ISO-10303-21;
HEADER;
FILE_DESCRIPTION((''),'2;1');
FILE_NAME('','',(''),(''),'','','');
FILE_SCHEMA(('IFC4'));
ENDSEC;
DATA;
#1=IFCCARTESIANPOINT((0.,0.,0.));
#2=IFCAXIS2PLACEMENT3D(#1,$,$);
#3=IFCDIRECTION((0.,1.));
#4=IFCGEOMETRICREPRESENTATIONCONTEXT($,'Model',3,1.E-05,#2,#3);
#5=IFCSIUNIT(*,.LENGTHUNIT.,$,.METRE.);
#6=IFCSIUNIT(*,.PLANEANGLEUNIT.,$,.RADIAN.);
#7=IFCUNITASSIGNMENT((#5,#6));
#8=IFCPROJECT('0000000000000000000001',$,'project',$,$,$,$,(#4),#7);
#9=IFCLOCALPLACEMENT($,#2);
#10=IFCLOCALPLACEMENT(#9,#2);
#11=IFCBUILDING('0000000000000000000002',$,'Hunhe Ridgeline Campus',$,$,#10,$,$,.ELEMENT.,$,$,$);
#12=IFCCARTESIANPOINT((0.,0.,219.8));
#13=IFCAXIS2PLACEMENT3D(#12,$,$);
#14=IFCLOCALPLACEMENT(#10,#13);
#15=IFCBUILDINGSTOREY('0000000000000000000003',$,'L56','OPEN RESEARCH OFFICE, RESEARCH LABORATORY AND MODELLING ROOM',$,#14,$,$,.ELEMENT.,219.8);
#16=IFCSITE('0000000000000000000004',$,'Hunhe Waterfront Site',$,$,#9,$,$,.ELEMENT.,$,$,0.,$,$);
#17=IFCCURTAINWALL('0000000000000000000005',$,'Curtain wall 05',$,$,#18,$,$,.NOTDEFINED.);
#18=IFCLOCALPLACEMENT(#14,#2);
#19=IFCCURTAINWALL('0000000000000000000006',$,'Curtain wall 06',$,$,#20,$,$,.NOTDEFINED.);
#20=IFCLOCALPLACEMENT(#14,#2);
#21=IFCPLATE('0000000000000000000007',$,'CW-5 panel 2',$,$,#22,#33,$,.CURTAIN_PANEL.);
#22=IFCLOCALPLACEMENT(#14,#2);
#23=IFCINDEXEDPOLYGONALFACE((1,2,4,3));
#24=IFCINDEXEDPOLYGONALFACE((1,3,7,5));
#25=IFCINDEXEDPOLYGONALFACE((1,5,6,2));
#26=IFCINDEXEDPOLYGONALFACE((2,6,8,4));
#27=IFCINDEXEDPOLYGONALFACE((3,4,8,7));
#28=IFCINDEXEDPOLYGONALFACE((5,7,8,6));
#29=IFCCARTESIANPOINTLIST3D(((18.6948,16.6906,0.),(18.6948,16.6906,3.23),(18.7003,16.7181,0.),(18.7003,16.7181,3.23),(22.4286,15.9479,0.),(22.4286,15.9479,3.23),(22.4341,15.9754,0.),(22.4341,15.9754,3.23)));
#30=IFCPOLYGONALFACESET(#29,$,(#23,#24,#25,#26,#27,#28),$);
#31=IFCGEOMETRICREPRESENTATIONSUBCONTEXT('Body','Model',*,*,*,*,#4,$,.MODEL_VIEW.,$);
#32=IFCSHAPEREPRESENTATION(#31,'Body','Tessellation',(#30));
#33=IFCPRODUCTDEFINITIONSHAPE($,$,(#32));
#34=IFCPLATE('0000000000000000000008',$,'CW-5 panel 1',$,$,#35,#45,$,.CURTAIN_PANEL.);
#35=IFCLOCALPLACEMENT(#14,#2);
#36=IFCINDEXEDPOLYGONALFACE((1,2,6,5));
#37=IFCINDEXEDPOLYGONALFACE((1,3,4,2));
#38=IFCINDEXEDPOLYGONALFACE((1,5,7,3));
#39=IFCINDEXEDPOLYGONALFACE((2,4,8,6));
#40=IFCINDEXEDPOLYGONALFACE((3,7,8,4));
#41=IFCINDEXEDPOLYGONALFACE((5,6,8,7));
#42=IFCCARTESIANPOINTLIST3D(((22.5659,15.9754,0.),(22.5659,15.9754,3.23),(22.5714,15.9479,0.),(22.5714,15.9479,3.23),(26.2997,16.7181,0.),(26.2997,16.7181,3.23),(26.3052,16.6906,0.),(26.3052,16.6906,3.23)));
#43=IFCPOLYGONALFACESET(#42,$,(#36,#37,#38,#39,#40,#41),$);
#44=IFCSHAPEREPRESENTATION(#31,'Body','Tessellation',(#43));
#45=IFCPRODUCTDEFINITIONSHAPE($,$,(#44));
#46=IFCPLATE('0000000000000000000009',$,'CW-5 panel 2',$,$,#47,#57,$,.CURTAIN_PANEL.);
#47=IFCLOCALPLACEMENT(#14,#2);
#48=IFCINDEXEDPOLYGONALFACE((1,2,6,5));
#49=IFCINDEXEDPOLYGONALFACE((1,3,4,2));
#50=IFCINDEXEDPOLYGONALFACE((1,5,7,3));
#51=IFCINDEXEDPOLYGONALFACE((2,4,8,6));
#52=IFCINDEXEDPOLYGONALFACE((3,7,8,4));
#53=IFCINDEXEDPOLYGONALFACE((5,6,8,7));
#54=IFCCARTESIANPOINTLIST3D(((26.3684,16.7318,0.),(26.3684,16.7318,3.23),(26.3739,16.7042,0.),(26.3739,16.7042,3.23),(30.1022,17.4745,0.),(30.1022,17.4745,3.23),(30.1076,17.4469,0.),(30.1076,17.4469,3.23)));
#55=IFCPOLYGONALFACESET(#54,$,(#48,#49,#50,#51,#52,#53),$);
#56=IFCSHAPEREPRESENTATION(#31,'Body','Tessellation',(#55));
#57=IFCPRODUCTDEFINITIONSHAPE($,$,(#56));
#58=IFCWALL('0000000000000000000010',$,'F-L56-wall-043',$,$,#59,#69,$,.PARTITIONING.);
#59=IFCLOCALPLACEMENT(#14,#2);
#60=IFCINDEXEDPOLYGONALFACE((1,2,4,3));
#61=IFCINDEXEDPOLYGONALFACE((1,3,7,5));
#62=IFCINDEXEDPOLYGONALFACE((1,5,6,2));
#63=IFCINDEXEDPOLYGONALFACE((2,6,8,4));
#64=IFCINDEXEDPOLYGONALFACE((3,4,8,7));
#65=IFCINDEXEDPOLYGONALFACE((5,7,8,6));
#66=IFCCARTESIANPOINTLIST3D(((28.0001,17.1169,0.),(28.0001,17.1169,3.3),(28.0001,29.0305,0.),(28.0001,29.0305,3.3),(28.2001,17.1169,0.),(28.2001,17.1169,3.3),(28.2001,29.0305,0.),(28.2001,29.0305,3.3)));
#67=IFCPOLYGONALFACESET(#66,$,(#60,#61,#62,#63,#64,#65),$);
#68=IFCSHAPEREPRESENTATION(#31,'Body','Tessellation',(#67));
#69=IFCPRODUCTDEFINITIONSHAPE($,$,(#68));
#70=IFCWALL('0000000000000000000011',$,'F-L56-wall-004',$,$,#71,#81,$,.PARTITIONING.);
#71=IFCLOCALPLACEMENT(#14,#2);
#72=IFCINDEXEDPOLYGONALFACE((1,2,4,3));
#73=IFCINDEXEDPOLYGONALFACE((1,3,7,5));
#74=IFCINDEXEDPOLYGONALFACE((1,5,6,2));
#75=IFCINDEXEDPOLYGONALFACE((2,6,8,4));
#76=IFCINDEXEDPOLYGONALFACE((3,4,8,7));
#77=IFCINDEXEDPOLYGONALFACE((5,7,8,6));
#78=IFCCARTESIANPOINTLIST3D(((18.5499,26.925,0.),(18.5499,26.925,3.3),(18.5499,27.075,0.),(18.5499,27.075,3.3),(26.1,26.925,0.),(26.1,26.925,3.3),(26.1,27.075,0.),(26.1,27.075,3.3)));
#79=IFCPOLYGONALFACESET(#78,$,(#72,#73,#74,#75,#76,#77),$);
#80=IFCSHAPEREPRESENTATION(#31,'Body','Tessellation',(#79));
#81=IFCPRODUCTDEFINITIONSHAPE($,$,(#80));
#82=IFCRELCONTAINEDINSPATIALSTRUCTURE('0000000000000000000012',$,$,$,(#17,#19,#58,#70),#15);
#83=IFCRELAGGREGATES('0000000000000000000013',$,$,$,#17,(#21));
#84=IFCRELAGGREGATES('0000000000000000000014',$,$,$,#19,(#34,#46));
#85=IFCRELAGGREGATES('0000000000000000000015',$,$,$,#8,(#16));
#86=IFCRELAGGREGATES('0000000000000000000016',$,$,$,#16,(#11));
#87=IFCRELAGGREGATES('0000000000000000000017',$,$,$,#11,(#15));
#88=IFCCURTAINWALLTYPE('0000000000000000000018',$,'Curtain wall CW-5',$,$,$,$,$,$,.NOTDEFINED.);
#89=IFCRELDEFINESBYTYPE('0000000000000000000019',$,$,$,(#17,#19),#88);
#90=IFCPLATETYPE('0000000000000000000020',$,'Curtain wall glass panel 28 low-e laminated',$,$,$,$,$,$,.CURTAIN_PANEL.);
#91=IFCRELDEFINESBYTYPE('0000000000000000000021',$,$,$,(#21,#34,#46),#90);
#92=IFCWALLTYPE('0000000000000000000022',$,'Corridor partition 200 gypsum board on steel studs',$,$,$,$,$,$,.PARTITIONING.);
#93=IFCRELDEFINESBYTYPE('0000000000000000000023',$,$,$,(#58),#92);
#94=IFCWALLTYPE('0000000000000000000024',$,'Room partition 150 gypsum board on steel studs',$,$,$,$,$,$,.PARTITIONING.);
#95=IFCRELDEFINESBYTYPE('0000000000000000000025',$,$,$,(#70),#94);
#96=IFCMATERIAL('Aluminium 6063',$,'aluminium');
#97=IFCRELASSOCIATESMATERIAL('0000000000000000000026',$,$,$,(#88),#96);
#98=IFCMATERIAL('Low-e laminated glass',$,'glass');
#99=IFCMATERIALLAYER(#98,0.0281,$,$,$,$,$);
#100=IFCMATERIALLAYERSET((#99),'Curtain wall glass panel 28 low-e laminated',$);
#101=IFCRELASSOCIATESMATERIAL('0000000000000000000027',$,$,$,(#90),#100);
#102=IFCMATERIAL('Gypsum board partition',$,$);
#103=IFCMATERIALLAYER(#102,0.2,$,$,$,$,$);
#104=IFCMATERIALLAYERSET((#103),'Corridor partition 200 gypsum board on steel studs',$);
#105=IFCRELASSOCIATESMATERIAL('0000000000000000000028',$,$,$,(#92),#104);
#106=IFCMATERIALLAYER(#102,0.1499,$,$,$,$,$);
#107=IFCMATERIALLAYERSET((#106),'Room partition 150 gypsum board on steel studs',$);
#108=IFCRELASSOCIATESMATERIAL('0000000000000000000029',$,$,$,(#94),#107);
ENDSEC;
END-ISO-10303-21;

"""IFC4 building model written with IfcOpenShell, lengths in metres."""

from ifc_helpers import new_model, si_unit, direction, frame, frame_2d, origin, origin_2d, place, context, subcontext, project, spatial, rectangle, extrude, material, layer, layer_set, type_object, element, aggregate, save


model = new_model("IFC4")

# Units and contexts
model_context = context("Model", 3, precision=1e-05, world=origin(), true_north=direction((0.0, 1.0)))
body_context = subcontext(model_context, "Body", "Model", "MODEL_VIEW")
ifc_project = project(units=[si_unit("LENGTHUNIT", "METRE"), si_unit("PLANEANGLEUNIT", "RADIAN")], contexts=[model_context])

# Site, building, storey
site_placement = place(None, origin())
site = spatial("IfcSite", under=ifc_project, at=site_placement, Name="Hunhe Waterfront Site", CompositionType="ELEMENT", RefElevation=0.0)
building_placement = place(site_placement, origin())
building = spatial("IfcBuilding", under=site, at=building_placement, Name="Hunhe Ridgeline Campus", CompositionType="ELEMENT")
storey_placement = place(building_placement, frame((0.0, 0.0, 219.8)))
storey = spatial("IfcBuildingStorey", under=building, at=storey_placement, Name="L56", Description="OPEN RESEARCH OFFICE, RESEARCH LABORATORY AND MODELLING ROOM", CompositionType="ELEMENT", Elevation=219.8)

# Curtain walls
ifc_material_1 = material(Name="Aluminium 6063", Category="aluminium")
curtain_wall_type = type_object("IfcCurtainWallType", Name="Curtain wall CW-5", PredefinedType="NOTDEFINED", material=ifc_material_1)
curtain_wall_1_placement = place(storey_placement, origin())
curtain_wall_1 = element("IfcCurtainWall", 1, at=curtain_wall_1_placement, inside=storey, type_object=curtain_wall_type, Name="Curtain wall 05", PredefinedType="NOTDEFINED")
curtain_wall_2_placement = place(storey_placement, origin())
curtain_wall_2 = element("IfcCurtainWall", 2, at=curtain_wall_2_placement, inside=storey, type_object=curtain_wall_type, Name="Curtain wall 06", PredefinedType="NOTDEFINED")

# Plates
ifc_material_2 = material(Name="Low-e laminated glass", Category="glass")
ifc_layer_1 = layer(ifc_material_2, 0.0281)
ifc_layer_set_1 = layer_set([ifc_layer_1], Name="Curtain wall glass panel 28 low-e laminated")
plate_type = type_object("IfcPlateType", Name="Curtain wall glass panel 28 low-e laminated", PredefinedType="CURTAIN_PANEL", material=ifc_layer_set_1)
plate_1_placement = place(storey_placement, frame((20.5645, 16.333, 0.0), z_axis=(0.0, 0.0, 1.0), x_axis=(0.980785, -0.19509, 0.0)))
plate_1 = element("IfcPlate", 3, at=plate_1_placement, type_object=plate_type, Name="CW-5 panel 2", PredefinedType="CURTAIN_PANEL", context=body_context, shape_type="SweptSolid", body=[
    extrude(rectangle(XDim=3.8069, YDim=0.0281, at=origin_2d()), origin(), (0.0, 0.0, 1.0), 3.23),
])
aggregate(curtain_wall_1, [plate_1])
plate_2_placement = place(storey_placement, frame((24.4355, 16.333, 0.0), z_axis=(0.0, 0.0, 1.0), x_axis=(0.980785, 0.19509, 0.0)))
plate_2 = element("IfcPlate", 4, at=plate_2_placement, type_object=plate_type, Name="CW-5 panel 1", PredefinedType="CURTAIN_PANEL", context=body_context, shape_type="SweptSolid", body=[
    extrude(rectangle(XDim=3.8069, YDim=0.0281, at=origin_2d()), origin(), (0.0, 0.0, 1.0), 3.23),
])
plate_3_placement = place(storey_placement, frame((28.238, 17.0894, 0.0), z_axis=(0.0, 0.0, 1.0), x_axis=(0.980785, 0.19509, 0.0)))
plate_3 = element("IfcPlate", 5, at=plate_3_placement, type_object=plate_type, Name="CW-5 panel 2", PredefinedType="CURTAIN_PANEL", context=body_context, shape_type="SweptSolid", body=[
    extrude(rectangle(XDim=3.8069, YDim=0.0281, at=origin_2d()), origin(), (0.0, 0.0, 1.0), 3.23),
])
aggregate(curtain_wall_2, [plate_2, plate_3])

# Shared definitions
ifc_material_3 = material(Name="Gypsum board partition")
ifc_layer_2 = layer(ifc_material_3, 0.2)
ifc_layer_set_2 = layer_set([ifc_layer_2], Name="Corridor partition 200 gypsum board on steel studs")
wall_type_1 = type_object("IfcWallType", Name="Corridor partition 200 gypsum board on steel studs", PredefinedType="PARTITIONING", material=ifc_layer_set_2)

# Walls
wall_1_placement = place(storey_placement, frame((28.1001, 17.1169, 0.0), z_axis=(0.0, 0.0, 1.0), x_axis=(0.0, 1.0, 0.0)))
element("IfcWall", 6, at=wall_1_placement, inside=storey, type_object=wall_type_1, Name="F-L56-wall-043", PredefinedType="PARTITIONING", context=body_context, shape_type="SweptSolid", body=[
    extrude(rectangle(XDim=11.9136, YDim=0.2, at=frame_2d((5.9568, 0.0))), origin(), (0.0, 0.0, 1.0), 3.3),
])
ifc_layer_3 = layer(ifc_material_3, 0.1499)
ifc_layer_set_3 = layer_set([ifc_layer_3], Name="Room partition 150 gypsum board on steel studs")
wall_type_2 = type_object("IfcWallType", Name="Room partition 150 gypsum board on steel studs", PredefinedType="PARTITIONING", material=ifc_layer_set_3)
wall_2_placement = place(storey_placement, frame((18.55, 27.0, 0.0), z_axis=(0.0, 0.0, 1.0), x_axis=(1.0, 0.0, 0.0)))
element("IfcWall", 7, at=wall_2_placement, inside=storey, type_object=wall_type_2, Name="F-L56-wall-004", PredefinedType="PARTITIONING", context=body_context, shape_type="SweptSolid", body=[
    extrude(rectangle(XDim=7.55, YDim=0.1499, at=frame_2d((3.7749, 0.0))), origin(), (0.0, 0.0, 1.0), 3.3),
])

save(model, "model.ifc")
